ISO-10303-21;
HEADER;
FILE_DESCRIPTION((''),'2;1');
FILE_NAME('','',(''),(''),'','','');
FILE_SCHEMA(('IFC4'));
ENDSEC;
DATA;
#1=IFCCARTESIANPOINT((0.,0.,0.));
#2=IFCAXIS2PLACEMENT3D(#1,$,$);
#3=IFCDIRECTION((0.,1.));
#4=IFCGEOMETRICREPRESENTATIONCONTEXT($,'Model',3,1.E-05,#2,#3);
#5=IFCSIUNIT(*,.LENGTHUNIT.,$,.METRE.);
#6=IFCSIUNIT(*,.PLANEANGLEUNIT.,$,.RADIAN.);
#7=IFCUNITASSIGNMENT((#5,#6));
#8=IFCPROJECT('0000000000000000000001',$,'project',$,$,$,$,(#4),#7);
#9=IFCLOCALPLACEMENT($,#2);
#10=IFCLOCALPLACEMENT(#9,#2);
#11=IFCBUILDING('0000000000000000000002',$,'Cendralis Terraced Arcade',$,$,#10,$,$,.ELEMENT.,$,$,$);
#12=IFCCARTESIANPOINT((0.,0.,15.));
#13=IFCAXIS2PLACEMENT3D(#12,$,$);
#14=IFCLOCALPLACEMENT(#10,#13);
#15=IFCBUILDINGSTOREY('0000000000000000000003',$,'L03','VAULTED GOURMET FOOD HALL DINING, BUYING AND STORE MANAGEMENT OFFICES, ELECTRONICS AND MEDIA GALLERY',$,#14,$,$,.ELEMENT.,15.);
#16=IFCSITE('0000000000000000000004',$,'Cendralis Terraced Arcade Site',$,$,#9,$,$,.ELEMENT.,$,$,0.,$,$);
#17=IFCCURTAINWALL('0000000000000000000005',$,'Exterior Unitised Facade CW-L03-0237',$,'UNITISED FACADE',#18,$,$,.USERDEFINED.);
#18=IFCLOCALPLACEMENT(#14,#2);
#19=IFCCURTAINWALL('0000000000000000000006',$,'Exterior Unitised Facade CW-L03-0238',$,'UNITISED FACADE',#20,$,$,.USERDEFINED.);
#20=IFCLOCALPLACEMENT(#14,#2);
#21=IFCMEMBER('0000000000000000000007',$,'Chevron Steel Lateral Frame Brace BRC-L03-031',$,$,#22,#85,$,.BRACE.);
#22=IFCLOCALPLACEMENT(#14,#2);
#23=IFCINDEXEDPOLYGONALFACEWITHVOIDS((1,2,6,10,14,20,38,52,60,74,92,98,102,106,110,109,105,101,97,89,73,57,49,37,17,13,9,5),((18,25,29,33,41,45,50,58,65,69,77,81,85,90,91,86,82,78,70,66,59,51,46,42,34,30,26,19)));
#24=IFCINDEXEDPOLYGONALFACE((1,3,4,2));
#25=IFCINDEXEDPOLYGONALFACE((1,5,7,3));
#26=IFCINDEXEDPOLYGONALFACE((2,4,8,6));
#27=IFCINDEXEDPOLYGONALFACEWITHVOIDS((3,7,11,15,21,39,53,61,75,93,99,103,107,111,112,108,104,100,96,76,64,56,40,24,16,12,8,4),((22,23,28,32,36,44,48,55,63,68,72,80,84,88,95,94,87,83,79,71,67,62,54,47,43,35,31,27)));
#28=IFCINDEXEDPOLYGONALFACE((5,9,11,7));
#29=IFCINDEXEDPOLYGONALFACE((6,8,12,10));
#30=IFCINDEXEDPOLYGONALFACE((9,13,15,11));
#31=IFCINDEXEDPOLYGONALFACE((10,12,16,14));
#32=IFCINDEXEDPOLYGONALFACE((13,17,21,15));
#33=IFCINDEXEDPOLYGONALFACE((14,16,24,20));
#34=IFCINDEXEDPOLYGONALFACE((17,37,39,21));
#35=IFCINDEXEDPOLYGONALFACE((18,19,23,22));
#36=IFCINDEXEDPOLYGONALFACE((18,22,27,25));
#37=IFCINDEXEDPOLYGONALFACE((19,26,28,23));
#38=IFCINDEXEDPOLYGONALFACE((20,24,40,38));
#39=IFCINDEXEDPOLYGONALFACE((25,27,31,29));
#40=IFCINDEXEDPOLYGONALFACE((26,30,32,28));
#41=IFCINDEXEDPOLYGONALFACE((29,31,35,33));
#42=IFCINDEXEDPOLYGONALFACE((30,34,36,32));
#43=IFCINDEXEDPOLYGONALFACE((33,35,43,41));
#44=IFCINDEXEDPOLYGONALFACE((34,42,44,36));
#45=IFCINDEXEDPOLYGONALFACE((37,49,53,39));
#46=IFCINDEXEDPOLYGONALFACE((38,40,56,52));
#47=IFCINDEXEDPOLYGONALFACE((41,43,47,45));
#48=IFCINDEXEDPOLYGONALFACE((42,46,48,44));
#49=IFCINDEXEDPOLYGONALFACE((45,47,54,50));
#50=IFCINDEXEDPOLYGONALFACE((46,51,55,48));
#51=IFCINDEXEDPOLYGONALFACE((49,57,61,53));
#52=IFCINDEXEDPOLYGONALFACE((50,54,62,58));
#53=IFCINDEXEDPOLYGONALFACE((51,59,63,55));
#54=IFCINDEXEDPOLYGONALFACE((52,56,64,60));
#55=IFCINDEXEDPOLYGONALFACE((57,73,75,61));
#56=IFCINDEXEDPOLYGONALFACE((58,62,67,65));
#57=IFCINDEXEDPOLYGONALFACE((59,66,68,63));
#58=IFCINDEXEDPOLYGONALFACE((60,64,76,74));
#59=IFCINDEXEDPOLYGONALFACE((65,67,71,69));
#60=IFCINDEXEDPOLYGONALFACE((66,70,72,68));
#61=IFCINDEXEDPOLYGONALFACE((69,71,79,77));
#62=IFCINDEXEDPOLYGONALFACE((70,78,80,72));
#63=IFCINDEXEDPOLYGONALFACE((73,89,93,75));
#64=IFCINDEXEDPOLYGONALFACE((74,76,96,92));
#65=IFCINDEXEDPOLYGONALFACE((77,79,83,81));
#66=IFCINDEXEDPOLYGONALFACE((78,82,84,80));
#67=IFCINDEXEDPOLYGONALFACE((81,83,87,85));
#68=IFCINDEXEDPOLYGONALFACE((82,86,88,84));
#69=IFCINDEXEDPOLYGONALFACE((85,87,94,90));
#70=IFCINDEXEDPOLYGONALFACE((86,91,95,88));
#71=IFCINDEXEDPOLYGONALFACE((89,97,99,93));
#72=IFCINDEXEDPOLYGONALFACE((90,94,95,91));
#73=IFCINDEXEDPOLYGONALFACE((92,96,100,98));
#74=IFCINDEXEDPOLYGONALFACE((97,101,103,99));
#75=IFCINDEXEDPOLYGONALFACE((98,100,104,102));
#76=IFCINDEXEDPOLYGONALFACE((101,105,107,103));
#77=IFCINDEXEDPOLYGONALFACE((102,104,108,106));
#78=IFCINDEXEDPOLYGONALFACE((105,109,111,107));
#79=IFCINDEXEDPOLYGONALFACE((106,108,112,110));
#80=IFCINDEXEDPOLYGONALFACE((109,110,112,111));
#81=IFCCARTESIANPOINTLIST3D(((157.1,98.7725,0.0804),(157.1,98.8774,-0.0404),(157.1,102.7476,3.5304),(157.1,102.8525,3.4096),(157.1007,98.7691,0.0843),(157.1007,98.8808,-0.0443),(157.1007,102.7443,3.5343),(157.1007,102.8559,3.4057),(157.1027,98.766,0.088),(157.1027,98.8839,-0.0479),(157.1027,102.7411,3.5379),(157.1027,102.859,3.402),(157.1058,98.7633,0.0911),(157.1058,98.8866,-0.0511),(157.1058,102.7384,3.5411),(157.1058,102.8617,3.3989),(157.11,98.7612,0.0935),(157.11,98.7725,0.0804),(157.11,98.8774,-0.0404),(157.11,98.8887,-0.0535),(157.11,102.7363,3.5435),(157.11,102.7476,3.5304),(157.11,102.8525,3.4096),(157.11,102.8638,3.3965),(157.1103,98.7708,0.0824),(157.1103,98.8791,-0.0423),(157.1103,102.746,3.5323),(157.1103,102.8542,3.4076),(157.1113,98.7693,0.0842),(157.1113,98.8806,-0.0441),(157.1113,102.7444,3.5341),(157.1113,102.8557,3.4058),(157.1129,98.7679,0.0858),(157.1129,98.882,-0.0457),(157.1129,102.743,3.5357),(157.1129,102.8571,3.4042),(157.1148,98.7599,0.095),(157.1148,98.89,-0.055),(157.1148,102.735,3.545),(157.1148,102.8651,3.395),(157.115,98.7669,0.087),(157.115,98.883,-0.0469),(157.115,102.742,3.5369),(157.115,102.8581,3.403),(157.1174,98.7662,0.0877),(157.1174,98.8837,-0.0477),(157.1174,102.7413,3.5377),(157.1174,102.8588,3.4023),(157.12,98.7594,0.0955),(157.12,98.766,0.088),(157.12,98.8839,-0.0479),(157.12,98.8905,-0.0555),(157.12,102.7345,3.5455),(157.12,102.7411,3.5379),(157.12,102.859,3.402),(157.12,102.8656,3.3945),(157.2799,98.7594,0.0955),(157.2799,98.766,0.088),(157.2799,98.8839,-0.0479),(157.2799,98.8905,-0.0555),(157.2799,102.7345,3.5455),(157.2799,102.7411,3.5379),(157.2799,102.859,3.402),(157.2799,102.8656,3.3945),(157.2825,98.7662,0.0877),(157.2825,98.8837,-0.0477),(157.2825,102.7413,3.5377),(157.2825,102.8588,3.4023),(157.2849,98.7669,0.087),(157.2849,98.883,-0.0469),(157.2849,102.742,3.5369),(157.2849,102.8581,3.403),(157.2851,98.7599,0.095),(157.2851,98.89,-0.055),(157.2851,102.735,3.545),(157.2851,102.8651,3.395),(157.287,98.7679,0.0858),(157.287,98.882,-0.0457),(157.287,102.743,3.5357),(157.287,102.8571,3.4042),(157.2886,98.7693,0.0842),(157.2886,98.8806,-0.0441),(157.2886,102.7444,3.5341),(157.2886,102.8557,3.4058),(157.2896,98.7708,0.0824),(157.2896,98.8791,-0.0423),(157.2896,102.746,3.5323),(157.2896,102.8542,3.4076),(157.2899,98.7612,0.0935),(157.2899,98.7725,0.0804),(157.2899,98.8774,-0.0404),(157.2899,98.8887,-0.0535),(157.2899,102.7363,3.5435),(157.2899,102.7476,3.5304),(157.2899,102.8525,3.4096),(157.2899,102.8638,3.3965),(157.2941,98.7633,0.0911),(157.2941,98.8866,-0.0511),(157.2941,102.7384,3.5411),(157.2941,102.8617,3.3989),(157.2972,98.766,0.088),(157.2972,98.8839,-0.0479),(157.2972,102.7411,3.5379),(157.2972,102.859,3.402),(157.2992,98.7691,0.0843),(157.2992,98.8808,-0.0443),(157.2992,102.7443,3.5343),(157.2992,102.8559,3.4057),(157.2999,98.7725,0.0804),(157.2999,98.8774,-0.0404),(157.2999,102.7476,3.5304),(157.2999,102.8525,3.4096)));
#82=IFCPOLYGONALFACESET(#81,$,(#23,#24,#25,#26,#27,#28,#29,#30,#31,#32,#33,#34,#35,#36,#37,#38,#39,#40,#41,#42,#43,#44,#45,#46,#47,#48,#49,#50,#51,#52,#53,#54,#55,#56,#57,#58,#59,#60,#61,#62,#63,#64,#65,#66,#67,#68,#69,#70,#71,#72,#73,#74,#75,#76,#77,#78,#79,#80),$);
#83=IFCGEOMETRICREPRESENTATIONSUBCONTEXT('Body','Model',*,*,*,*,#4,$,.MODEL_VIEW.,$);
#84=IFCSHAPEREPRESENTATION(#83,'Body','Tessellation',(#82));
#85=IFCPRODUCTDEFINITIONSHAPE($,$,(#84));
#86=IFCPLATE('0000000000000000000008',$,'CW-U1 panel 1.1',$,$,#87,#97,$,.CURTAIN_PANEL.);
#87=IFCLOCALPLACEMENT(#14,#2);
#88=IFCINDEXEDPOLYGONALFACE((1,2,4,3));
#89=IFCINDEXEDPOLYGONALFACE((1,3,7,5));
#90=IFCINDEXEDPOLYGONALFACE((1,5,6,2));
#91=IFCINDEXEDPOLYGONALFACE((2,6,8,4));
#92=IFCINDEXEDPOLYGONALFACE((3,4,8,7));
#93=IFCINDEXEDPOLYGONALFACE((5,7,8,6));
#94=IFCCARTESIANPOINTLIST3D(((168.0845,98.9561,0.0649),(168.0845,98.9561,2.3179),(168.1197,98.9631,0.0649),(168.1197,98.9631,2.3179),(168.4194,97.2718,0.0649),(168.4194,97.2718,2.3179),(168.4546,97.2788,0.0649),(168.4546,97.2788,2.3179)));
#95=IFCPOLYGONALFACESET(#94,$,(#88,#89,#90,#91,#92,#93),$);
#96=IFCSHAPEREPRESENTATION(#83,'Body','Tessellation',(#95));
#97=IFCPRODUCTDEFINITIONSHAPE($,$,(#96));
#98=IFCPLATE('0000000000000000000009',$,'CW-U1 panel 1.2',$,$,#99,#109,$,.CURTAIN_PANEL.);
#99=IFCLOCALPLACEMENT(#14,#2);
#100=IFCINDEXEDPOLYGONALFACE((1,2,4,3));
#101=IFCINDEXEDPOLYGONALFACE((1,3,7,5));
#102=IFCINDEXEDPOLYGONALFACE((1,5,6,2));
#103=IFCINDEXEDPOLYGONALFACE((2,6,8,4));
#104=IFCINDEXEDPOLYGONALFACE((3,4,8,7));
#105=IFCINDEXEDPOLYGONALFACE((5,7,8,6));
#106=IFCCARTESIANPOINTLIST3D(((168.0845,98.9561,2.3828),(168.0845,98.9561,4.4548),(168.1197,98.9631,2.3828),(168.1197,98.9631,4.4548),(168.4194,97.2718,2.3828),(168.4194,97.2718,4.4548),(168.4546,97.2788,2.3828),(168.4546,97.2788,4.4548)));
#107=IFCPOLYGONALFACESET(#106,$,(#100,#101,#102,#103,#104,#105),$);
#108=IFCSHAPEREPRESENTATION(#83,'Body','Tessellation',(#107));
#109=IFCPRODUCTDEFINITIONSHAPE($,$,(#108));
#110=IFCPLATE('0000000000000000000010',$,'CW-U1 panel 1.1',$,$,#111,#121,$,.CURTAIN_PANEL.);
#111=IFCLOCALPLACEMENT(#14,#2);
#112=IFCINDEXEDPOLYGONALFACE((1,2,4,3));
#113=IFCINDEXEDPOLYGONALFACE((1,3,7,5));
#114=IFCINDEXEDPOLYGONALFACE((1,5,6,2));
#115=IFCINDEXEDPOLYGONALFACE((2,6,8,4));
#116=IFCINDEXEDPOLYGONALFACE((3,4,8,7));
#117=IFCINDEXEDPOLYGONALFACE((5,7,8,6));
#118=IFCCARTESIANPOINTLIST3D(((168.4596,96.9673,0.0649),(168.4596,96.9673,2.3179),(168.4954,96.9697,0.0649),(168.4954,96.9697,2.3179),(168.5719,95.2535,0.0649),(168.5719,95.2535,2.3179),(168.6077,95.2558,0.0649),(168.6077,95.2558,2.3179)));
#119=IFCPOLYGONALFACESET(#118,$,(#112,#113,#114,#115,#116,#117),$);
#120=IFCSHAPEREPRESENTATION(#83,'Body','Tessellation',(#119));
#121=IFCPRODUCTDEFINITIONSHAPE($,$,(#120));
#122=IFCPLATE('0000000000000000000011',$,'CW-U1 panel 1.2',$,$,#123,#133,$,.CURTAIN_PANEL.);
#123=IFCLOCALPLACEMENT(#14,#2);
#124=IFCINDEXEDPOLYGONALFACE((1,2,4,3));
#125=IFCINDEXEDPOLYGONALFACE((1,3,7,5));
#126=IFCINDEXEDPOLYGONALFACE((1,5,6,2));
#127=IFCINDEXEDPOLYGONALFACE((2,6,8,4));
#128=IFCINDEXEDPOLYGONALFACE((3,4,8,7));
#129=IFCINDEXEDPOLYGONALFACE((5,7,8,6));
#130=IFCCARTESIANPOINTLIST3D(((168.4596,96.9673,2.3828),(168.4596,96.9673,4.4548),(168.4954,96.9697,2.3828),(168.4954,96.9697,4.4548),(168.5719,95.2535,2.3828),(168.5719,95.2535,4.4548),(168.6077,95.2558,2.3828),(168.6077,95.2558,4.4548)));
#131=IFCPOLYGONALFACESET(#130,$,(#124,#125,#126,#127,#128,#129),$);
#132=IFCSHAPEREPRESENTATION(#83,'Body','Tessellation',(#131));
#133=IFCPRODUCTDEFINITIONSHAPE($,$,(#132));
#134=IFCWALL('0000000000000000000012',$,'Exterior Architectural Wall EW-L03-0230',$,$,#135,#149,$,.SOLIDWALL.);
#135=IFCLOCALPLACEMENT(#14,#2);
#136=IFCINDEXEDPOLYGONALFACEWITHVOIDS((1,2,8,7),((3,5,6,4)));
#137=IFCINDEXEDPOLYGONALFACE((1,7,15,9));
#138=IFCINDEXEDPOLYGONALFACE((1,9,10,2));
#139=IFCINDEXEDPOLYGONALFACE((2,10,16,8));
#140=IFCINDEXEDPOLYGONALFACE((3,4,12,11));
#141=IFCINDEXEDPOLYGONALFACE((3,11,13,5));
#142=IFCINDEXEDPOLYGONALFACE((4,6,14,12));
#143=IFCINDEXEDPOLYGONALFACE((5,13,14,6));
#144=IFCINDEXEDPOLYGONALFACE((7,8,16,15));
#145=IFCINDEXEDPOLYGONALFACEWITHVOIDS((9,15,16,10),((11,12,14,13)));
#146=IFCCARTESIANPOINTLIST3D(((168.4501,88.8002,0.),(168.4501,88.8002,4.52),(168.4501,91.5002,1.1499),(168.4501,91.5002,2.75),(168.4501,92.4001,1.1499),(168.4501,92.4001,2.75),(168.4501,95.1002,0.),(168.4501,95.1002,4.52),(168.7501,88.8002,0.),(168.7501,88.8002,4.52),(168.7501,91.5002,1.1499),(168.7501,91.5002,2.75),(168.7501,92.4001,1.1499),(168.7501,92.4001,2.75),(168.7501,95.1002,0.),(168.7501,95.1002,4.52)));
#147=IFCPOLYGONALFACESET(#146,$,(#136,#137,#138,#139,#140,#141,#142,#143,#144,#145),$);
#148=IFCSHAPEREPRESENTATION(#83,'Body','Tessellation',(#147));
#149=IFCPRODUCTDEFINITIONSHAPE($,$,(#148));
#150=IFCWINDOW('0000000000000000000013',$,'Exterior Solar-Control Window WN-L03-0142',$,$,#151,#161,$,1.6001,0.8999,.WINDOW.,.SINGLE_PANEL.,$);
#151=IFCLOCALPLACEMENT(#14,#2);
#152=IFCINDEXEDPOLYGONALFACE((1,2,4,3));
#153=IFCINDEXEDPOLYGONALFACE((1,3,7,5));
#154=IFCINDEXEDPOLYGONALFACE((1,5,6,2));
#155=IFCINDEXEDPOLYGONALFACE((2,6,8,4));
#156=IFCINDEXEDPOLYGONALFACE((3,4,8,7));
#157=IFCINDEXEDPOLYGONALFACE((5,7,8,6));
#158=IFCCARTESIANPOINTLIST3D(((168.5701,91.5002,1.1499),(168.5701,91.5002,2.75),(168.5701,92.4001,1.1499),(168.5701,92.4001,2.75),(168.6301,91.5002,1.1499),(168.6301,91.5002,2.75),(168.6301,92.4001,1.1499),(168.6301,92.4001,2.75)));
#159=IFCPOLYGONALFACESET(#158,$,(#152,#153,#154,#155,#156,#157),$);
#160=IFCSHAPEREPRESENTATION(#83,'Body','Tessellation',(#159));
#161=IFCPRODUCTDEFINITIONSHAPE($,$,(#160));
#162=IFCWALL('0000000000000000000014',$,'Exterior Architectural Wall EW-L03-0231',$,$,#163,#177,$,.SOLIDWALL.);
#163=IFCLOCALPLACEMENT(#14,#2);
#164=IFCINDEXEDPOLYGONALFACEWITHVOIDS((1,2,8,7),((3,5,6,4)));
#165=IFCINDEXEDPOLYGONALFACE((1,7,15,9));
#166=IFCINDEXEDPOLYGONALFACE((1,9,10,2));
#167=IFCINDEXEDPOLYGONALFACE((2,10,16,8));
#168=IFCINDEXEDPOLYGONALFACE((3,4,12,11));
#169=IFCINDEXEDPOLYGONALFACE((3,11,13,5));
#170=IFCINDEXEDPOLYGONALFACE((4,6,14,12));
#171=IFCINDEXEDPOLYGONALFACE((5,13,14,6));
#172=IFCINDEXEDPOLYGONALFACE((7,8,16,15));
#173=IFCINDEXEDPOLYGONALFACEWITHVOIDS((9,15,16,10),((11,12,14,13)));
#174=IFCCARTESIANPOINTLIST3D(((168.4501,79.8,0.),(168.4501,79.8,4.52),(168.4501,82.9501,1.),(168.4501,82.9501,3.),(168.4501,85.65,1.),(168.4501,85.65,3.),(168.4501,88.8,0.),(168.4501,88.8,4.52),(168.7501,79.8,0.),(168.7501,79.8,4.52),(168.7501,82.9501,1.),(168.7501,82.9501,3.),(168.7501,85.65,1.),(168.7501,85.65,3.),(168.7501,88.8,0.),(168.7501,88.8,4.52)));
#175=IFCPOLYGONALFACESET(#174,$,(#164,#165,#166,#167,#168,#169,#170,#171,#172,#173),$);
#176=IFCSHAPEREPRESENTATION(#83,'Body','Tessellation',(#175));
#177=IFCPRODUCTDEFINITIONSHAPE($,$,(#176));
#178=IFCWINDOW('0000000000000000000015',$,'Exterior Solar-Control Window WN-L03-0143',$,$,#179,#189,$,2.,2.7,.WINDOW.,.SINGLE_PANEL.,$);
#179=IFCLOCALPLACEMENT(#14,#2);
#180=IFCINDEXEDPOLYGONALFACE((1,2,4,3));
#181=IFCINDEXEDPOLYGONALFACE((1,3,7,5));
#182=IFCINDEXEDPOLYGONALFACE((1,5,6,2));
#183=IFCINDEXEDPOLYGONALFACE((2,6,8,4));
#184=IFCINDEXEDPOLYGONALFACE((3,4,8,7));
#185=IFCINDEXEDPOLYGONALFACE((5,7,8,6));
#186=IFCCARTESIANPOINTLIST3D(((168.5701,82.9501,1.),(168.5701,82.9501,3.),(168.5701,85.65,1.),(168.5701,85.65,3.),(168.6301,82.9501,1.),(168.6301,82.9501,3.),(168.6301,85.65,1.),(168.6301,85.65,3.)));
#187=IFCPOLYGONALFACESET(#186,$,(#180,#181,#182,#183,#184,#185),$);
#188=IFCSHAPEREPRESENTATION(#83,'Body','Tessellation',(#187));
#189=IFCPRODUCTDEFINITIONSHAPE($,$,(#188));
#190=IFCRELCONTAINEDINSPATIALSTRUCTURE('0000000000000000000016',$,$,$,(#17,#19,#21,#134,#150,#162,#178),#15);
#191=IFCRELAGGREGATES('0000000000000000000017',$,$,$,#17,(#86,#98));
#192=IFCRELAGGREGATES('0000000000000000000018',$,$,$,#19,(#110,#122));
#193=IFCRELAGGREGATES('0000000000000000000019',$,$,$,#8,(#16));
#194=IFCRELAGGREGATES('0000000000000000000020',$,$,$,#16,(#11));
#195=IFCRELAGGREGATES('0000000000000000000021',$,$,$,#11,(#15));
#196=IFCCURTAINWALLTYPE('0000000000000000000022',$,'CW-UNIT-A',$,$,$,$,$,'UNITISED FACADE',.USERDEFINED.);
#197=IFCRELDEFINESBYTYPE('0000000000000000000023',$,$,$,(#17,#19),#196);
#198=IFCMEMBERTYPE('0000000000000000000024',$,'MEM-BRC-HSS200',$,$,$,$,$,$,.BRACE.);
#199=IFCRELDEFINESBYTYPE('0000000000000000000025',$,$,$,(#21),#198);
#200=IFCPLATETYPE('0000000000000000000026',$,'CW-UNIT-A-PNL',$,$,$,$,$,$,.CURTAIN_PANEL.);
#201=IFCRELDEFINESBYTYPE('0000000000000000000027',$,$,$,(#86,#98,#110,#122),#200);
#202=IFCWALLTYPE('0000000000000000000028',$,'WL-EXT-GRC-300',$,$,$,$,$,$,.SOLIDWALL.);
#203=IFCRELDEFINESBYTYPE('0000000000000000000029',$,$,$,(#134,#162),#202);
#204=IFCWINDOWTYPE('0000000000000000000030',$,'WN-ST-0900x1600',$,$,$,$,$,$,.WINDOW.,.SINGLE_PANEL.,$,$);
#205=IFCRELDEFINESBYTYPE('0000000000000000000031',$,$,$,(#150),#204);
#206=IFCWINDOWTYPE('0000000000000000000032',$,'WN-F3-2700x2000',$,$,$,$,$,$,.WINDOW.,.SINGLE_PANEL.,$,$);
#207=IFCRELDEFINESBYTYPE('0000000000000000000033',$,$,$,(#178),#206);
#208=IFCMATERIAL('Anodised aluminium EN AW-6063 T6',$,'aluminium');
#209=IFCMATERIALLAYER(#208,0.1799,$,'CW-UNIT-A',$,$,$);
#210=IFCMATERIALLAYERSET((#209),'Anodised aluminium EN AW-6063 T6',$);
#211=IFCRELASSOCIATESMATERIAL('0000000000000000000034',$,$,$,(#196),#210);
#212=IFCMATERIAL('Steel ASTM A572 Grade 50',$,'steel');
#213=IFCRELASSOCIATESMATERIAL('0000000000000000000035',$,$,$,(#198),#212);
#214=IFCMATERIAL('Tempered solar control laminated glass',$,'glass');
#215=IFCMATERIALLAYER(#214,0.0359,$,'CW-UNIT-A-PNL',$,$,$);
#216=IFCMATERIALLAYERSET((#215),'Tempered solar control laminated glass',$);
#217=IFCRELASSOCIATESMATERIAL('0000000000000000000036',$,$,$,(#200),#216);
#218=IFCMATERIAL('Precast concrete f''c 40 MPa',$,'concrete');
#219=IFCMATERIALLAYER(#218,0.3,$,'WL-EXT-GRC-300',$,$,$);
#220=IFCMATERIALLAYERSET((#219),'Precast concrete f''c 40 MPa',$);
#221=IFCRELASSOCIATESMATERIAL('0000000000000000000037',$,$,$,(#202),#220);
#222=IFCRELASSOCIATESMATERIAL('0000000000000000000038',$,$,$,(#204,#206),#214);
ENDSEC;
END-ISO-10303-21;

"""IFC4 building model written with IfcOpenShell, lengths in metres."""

from ifc_helpers import new_model, si_unit, direction, frame, frame_2d, origin, origin_2d, place, context, subcontext, project, spatial, rectangle, hollow_rectangle, extrude, material, layer, layer_set, material_profile, profile_set, type_object, element, fill, aggregate, save


model = new_model("IFC4")

# Units and contexts
model_context = context("Model", 3, precision=1e-05, world=origin(), true_north=direction((0.0, 1.0)))
body_context = subcontext(model_context, "Body", "Model", "MODEL_VIEW")
ifc_project = project(units=[si_unit("LENGTHUNIT", "METRE"), si_unit("PLANEANGLEUNIT", "RADIAN")], contexts=[model_context])

# Site, building, storey
site_placement = place(None, origin())
site = spatial("IfcSite", under=ifc_project, at=site_placement, Name="Cendralis Terraced Arcade Site", CompositionType="ELEMENT", RefElevation=0.0)
building_placement = place(site_placement, origin())
building = spatial("IfcBuilding", under=site, at=building_placement, Name="Cendralis Terraced Arcade", CompositionType="ELEMENT")
storey_placement = place(building_placement, frame((0.0, 0.0, 15.0)))
storey = spatial("IfcBuildingStorey", under=building, at=storey_placement, Name="L03", Description="VAULTED GOURMET FOOD HALL DINING, BUYING AND STORE MANAGEMENT OFFICES, ELECTRONICS AND MEDIA GALLERY", CompositionType="ELEMENT", Elevation=15.0)

# Curtain wall
ifc_material_1 = material(Name="Anodised aluminium EN AW-6063 T6", Category="aluminium")
ifc_layer_1 = layer(ifc_material_1, 0.1799, Name="CW-UNIT-A")
ifc_layer_set_1 = layer_set([ifc_layer_1], Name="Anodised aluminium EN AW-6063 T6")
curtain_wall_type = type_object("IfcCurtainWallType", Name="CW-UNIT-A", ElementType="UNITISED FACADE", PredefinedType="USERDEFINED", material=ifc_layer_set_1)
curtain_wall_1_placement = place(storey_placement, origin())
curtain_wall_1 = element("IfcCurtainWall", 1, at=curtain_wall_1_placement, inside=storey, type_object=curtain_wall_type, Name="Exterior Unitised Facade CW-L03-0237", ObjectType="UNITISED FACADE", PredefinedType="USERDEFINED")

# Curtain wall
curtain_wall_2_placement = place(storey_placement, origin())
curtain_wall_2 = element("IfcCurtainWall", 2, at=curtain_wall_2_placement, inside=storey, type_object=curtain_wall_type, Name="Exterior Unitised Facade CW-L03-0238", ObjectType="UNITISED FACADE", PredefinedType="USERDEFINED")

# Member
ifc_material_2 = material(Name="Steel ASTM A572 Grade 50", Category="steel")
ifc_material_profile_1 = material_profile(ifc_material_2, hollow_rectangle(XDim=0.2, YDim=0.2, WallThickness=0.01, InnerFilletRadius=0.01, OuterFilletRadius=0.02, at=origin_2d()), Name="HSS200X200X10", Category="LoadBearing")
ifc_profile_set_1 = profile_set([ifc_material_profile_1], Name="Steel ASTM A572 Grade 50")
member_type_1 = type_object("IfcMemberType", Name="MEM-BRC-HSS200", PredefinedType="BRACE", material=ifc_profile_set_1)
member_1_placement = place(storey_placement, frame((157.2, 98.825, 0.02), z_axis=(0.0, 0.755231, 0.655458), x_axis=(-1.0, 0.0, 0.0)))
element("IfcMember", 3, at=member_1_placement, inside=storey, type_object=member_type_1, Name="Chevron Steel Lateral Frame Brace BRC-L03-031", PredefinedType="BRACE", context=body_context, shape_type="SweptSolid", body=[
    extrude(hollow_rectangle(XDim=0.2, YDim=0.2, WallThickness=0.01, InnerFilletRadius=0.01, OuterFilletRadius=0.02, at=origin_2d()), origin(), (0.0, 0.0, 1.0), 5.2634),
])

# Plates
ifc_material_3 = material(Name="Tempered solar control laminated glass", Category="glass")
ifc_layer_2 = layer(ifc_material_3, 0.0359, Name="CW-UNIT-A-PNL")
ifc_layer_set_2 = layer_set([ifc_layer_2], Name="Tempered solar control laminated glass")
plate_type = type_object("IfcPlateType", Name="CW-UNIT-A-PNL", PredefinedType="CURTAIN_PANEL", material=ifc_layer_set_2)
plate_1_placement = place(storey_placement, frame((168.2695, 98.1174, 0.0649), z_axis=(0.0, 0.0, 1.0), x_axis=(0.195033, -0.980797, 0.0)))
plate_1 = element("IfcPlate", 4, at=plate_1_placement, type_object=plate_type, Name="CW-U1 panel 1.1", PredefinedType="CURTAIN_PANEL", context=body_context, shape_type="SweptSolid", body=[
    extrude(rectangle(XDim=1.7173, YDim=0.0359, at=origin_2d()), origin(), (0.0, 0.0, 1.0), 2.2529),
])
plate_2_placement = place(storey_placement, frame((168.2695, 98.1174, 2.3828), z_axis=(0.0, 0.0, 1.0), x_axis=(0.195033, -0.980797, 0.0)))
plate_2 = element("IfcPlate", 5, at=plate_2_placement, type_object=plate_type, Name="CW-U1 panel 1.2", PredefinedType="CURTAIN_PANEL", context=body_context, shape_type="SweptSolid", body=[
    extrude(rectangle(XDim=1.7173, YDim=0.0359, at=origin_2d()), origin(), (0.0, 0.0, 1.0), 2.072),
])
aggregate(curtain_wall_1, [plate_1, plate_2])
plate_3_placement = place(storey_placement, frame((168.5337, 96.1116, 0.0649), z_axis=(0.0, 0.0, 1.0), x_axis=(0.065384, -0.99786, 0.0)))
plate_3 = element("IfcPlate", 6, at=plate_3_placement, type_object=plate_type, Name="CW-U1 panel 1.1", PredefinedType="CURTAIN_PANEL", context=body_context, shape_type="SweptSolid", body=[
    extrude(rectangle(XDim=1.7175, YDim=0.0359, at=origin_2d()), origin(), (0.0, 0.0, 1.0), 2.2529),
])
plate_4_placement = place(storey_placement, frame((168.5337, 96.1116, 2.3828), z_axis=(0.0, 0.0, 1.0), x_axis=(0.065384, -0.99786, 0.0)))
plate_4 = element("IfcPlate", 7, at=plate_4_placement, type_object=plate_type, Name="CW-U1 panel 1.2", PredefinedType="CURTAIN_PANEL", context=body_context, shape_type="SweptSolid", body=[
    extrude(rectangle(XDim=1.7175, YDim=0.0359, at=origin_2d()), origin(), (0.0, 0.0, 1.0), 2.072),
])
aggregate(curtain_wall_2, [plate_3, plate_4])

# Walls, openings, windows
ifc_material_4 = material(Name="Precast concrete f'c 40 MPa", Category="concrete")
ifc_layer_3 = layer(ifc_material_4, 0.3, Name="WL-EXT-GRC-300")
ifc_layer_set_3 = layer_set([ifc_layer_3], Name="Precast concrete f'c 40 MPa")
wall_type_1 = type_object("IfcWallType", Name="WL-EXT-GRC-300", PredefinedType="SOLIDWALL", material=ifc_layer_set_3)
wall_1_placement = place(storey_placement, frame((168.6001, 95.1001, 0.0), z_axis=(0.0, 0.0, 1.0), x_axis=(0.0, -1.0, 0.0)))
wall_1 = element("IfcWall", 8, at=wall_1_placement, inside=storey, type_object=wall_type_1, Name="Exterior Architectural Wall EW-L03-0230", PredefinedType="SOLIDWALL", context=body_context, shape_type="SweptSolid", body=[
    extrude(rectangle(XDim=6.3, YDim=0.3, at=frame_2d((3.1499, 0.0))), origin(), (0.0, 0.0, 1.0), 4.52),
])
opening_1_placement = place(wall_1_placement, frame((2.7, 0.0, 1.1499)))
opening_1 = element("IfcOpeningElement", 9, at=opening_1_placement, cuts=wall_1, PredefinedType="OPENING", context=body_context, shape_type="SweptSolid", body=[
    extrude(rectangle(XDim=0.8999, YDim=1.6001, at=frame_2d((0.45, 0.8))), frame((0.0, 0.1621, 0.0), z_axis=(0.0, -1.0, 0.0), x_axis=(1.0, 0.0, 0.0)), (0.0, 0.0, 1.0), 0.324),
])
window_type_1 = type_object("IfcWindowType", Name="WN-ST-0900x1600", PartitioningType="SINGLE_PANEL", PredefinedType="WINDOW", material=ifc_material_3)
window_1_placement = place(opening_1_placement, origin())
window_1 = element("IfcWindow", 10, at=window_1_placement, inside=storey, type_object=window_type_1, Name="Exterior Solar-Control Window WN-L03-0142", OverallHeight=1.6001, OverallWidth=0.8999, PartitioningType="SINGLE_PANEL", PredefinedType="WINDOW", context=body_context, shape_type="SweptSolid", body=[
    extrude(rectangle(XDim=0.8999, YDim=1.6001, at=frame_2d((0.45, 0.8))), frame((0.0, 0.03, 0.0), z_axis=(0.0, -1.0, 0.0), x_axis=(1.0, 0.0, 0.0)), (0.0, 0.0, 1.0), 0.0601),
])
fill(opening_1, window_1)
wall_2_placement = place(storey_placement, frame((168.6001, 88.8, 0.0), z_axis=(0.0, 0.0, 1.0), x_axis=(0.0, -1.0, 0.0)))
wall_2 = element("IfcWall", 11, at=wall_2_placement, inside=storey, type_object=wall_type_1, Name="Exterior Architectural Wall EW-L03-0231", PredefinedType="SOLIDWALL", context=body_context, shape_type="SweptSolid", body=[
    extrude(rectangle(XDim=9.0, YDim=0.3, at=frame_2d((4.5, 0.0))), origin(), (0.0, 0.0, 1.0), 4.52),
])
opening_2_placement = place(wall_2_placement, frame((3.1499, 0.0, 1.0)))
opening_2 = element("IfcOpeningElement", 12, at=opening_2_placement, cuts=wall_2, PredefinedType="OPENING", context=body_context, shape_type="SweptSolid", body=[
    extrude(rectangle(XDim=2.7, YDim=2.0, at=frame_2d((1.3501, 1.0))), frame((0.0, 0.1621, 0.0), z_axis=(0.0, -1.0, 0.0), x_axis=(1.0, 0.0, 0.0)), (0.0, 0.0, 1.0), 0.324),
])
window_type_2 = type_object("IfcWindowType", Name="WN-F3-2700x2000", PartitioningType="SINGLE_PANEL", PredefinedType="WINDOW", material=ifc_material_3)
window_2_placement = place(opening_2_placement, origin())
window_2 = element("IfcWindow", 13, at=window_2_placement, inside=storey, type_object=window_type_2, Name="Exterior Solar-Control Window WN-L03-0143", OverallHeight=2.0, OverallWidth=2.7, PartitioningType="SINGLE_PANEL", PredefinedType="WINDOW", context=body_context, shape_type="SweptSolid", body=[
    extrude(rectangle(XDim=2.7, YDim=2.0, at=frame_2d((1.3501, 1.0))), frame((0.0, 0.03, 0.0), z_axis=(0.0, -1.0, 0.0), x_axis=(1.0, 0.0, 0.0)), (0.0, 0.0, 1.0), 0.0601),
])
fill(opening_2, window_2)

save(model, "model.ifc")
